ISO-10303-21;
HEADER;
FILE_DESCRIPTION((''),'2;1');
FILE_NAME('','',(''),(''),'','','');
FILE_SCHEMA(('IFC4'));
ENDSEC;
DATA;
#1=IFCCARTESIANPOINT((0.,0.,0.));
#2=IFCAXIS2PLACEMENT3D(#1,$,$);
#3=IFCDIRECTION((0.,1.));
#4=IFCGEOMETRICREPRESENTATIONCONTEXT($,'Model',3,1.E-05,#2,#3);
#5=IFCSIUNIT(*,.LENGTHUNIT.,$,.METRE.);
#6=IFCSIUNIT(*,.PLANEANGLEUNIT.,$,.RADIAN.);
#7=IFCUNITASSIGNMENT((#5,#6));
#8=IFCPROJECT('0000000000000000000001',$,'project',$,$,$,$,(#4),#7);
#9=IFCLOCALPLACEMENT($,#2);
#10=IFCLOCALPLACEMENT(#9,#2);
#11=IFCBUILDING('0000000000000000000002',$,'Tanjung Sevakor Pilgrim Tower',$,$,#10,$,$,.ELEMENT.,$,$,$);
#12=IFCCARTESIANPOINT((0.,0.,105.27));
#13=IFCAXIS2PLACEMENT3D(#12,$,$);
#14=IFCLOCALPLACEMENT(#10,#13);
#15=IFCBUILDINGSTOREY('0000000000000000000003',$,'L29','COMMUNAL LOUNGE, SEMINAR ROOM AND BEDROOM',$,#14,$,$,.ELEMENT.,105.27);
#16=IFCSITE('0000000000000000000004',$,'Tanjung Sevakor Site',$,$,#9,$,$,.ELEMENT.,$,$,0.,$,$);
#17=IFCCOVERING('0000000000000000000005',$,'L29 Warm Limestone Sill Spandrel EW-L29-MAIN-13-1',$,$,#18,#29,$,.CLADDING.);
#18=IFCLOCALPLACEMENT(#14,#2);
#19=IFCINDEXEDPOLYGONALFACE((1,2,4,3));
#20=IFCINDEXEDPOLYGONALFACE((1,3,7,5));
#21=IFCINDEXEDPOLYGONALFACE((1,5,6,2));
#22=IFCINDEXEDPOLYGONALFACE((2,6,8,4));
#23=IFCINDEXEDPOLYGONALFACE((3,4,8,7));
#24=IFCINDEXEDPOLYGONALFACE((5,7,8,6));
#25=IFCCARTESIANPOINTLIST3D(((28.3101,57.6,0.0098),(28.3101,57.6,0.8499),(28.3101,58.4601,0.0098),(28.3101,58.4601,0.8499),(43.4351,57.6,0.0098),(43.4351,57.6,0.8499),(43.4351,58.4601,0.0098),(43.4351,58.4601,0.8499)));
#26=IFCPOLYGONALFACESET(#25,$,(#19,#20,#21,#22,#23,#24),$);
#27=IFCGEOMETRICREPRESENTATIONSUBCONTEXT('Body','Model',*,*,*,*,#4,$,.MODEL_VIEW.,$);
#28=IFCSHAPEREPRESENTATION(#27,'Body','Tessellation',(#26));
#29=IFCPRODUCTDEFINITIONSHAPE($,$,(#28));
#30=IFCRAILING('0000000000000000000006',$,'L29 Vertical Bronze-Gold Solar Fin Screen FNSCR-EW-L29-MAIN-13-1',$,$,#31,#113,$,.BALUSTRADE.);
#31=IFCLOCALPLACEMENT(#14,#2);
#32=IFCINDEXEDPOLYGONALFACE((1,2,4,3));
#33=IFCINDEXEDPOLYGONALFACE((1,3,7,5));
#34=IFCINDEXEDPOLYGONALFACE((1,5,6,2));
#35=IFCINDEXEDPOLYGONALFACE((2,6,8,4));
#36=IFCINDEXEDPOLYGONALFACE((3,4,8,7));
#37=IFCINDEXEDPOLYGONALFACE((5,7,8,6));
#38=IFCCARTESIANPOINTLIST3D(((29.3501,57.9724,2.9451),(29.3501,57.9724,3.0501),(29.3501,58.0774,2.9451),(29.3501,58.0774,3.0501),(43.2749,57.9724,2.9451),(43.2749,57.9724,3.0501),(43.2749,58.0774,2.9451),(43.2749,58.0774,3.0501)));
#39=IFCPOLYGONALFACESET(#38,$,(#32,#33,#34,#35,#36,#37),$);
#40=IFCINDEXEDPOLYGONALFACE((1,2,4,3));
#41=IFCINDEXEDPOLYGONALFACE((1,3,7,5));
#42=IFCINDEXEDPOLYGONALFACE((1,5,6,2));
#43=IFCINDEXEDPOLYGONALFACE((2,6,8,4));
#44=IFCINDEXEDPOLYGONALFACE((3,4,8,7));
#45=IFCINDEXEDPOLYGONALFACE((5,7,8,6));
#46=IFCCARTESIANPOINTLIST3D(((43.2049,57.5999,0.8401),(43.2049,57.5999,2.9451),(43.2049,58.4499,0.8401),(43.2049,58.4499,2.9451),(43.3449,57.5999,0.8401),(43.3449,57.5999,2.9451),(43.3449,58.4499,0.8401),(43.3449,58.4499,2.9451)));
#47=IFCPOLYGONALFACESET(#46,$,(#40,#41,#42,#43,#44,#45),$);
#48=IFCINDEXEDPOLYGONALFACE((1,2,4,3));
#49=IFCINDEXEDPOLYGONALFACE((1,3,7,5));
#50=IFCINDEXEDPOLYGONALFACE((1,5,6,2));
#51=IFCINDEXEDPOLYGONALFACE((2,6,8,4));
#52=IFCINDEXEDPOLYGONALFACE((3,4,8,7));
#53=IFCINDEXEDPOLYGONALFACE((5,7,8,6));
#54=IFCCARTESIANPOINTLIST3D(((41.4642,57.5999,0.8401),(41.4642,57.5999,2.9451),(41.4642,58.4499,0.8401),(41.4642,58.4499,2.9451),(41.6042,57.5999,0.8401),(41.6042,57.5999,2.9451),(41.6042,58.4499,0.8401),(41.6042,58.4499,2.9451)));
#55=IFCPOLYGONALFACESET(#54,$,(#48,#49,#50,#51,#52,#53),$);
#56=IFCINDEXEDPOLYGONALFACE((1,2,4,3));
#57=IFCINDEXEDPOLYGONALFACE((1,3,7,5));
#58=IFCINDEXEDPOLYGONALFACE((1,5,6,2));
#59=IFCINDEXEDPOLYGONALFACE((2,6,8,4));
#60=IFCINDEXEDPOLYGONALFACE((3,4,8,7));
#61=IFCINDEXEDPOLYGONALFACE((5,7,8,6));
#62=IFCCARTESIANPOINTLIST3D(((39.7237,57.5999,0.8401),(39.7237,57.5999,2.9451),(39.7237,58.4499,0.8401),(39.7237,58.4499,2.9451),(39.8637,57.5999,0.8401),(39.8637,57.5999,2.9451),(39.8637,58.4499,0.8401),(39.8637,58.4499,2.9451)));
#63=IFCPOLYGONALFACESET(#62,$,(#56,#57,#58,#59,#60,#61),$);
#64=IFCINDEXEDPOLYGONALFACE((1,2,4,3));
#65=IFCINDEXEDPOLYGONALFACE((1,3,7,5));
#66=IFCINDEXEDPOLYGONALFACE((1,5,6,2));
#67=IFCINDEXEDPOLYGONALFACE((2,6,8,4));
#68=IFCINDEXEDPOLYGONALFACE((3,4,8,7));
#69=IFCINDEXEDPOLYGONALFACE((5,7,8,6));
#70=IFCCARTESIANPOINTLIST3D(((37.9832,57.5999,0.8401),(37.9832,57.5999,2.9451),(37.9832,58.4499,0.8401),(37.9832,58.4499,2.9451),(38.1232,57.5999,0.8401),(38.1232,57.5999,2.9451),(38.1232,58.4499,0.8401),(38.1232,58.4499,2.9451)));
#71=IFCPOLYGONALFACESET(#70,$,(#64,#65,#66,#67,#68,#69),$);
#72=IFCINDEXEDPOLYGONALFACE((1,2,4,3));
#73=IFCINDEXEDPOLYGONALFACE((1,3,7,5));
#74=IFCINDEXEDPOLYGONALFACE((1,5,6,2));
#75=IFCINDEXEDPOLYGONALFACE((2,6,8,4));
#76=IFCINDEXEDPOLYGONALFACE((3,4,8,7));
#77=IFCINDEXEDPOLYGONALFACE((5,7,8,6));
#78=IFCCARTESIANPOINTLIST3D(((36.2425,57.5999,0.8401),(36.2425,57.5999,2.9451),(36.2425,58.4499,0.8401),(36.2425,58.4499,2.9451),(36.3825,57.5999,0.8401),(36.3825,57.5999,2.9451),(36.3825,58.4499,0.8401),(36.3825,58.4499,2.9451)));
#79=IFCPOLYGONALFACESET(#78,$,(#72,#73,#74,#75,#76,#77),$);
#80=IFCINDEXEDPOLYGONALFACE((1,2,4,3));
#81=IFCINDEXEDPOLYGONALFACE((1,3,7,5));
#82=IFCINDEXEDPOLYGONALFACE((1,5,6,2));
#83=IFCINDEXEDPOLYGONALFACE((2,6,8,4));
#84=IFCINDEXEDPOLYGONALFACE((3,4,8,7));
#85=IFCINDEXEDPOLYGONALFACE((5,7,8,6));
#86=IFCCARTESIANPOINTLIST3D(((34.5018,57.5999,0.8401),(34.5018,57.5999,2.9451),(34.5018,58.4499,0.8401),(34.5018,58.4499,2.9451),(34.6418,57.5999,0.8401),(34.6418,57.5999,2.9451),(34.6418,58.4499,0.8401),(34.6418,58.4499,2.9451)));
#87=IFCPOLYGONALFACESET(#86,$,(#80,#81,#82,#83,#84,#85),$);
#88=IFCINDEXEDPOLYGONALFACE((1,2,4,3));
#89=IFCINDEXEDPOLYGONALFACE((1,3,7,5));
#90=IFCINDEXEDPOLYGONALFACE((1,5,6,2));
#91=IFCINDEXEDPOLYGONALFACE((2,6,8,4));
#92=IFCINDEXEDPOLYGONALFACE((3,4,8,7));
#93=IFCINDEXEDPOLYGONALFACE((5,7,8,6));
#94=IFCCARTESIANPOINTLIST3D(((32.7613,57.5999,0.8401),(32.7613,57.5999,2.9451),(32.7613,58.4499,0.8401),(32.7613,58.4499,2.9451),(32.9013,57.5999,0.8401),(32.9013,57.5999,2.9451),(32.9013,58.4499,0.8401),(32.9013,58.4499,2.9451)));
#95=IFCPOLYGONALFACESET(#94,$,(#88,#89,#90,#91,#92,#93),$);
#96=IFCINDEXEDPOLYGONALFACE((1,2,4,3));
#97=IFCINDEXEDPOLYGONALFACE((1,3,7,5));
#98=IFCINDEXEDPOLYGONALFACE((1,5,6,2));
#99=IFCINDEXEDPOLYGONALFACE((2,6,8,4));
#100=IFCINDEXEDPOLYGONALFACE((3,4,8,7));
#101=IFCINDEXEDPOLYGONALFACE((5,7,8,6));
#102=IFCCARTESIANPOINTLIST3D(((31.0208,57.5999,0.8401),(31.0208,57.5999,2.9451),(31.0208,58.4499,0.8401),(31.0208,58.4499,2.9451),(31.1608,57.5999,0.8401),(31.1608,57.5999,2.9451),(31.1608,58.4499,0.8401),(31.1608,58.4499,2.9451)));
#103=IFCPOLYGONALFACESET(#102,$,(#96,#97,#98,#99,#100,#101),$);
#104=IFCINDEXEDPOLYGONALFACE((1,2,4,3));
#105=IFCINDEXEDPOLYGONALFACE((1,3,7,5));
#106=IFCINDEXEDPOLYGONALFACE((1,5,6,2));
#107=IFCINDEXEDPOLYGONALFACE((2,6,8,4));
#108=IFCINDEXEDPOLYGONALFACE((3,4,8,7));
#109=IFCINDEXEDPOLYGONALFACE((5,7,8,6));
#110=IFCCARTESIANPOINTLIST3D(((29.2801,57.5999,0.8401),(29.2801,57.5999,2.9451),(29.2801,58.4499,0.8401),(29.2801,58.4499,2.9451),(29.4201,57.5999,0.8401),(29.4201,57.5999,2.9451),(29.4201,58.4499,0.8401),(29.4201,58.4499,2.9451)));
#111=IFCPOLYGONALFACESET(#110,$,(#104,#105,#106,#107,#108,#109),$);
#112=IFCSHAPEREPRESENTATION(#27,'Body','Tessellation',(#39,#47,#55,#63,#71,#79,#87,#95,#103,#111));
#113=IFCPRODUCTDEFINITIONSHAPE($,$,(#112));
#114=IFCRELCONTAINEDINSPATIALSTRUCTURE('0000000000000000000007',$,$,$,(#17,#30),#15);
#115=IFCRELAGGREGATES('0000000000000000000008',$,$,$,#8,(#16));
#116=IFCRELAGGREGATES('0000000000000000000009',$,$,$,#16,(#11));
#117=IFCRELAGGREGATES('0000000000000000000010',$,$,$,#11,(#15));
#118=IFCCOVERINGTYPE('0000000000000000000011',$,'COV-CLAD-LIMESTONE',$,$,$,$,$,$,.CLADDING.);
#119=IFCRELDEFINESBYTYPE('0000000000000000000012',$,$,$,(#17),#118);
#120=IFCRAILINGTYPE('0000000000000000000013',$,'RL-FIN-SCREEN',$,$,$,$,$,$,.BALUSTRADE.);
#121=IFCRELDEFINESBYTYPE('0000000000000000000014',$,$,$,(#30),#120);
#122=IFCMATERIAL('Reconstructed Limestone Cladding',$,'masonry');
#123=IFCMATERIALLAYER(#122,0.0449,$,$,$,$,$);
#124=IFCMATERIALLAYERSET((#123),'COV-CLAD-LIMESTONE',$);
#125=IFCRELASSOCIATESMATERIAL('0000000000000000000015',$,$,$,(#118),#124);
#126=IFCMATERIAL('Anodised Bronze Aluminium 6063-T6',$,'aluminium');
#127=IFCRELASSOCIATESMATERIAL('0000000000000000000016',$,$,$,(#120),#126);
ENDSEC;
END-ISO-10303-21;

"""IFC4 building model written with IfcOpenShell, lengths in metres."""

from ifc_helpers import new_model, si_unit, direction, frame, origin, origin_2d, place, context, subcontext, project, spatial, rectangle, extrude, material, layer, layer_set, type_object, element, save


model = new_model("IFC4")

# Units and contexts
model_context = context("Model", 3, precision=1e-05, world=origin(), true_north=direction((0.0, 1.0)))
body_context = subcontext(model_context, "Body", "Model", "MODEL_VIEW")
ifc_project = project(units=[si_unit("LENGTHUNIT", "METRE"), si_unit("PLANEANGLEUNIT", "RADIAN")], contexts=[model_context])

# Site, building, storey
site_placement = place(None, origin())
site = spatial("IfcSite", under=ifc_project, at=site_placement, Name="Tanjung Sevakor Site", CompositionType="ELEMENT", RefElevation=0.0)
building_placement = place(site_placement, origin())
building = spatial("IfcBuilding", under=site, at=building_placement, Name="Tanjung Sevakor Pilgrim Tower", CompositionType="ELEMENT")
storey_placement = place(building_placement, frame((0.0, 0.0, 105.27)))
storey = spatial("IfcBuildingStorey", under=building, at=storey_placement, Name="L29", Description="COMMUNAL LOUNGE, SEMINAR ROOM AND BEDROOM", CompositionType="ELEMENT", Elevation=105.27)

# Covering
ifc_material_1 = material(Name="Reconstructed Limestone Cladding", Category="masonry")
ifc_layer_1 = layer(ifc_material_1, 0.0449)
ifc_layer_set_1 = layer_set([ifc_layer_1], Name="COV-CLAD-LIMESTONE")
covering_type = type_object("IfcCoveringType", Name="COV-CLAD-LIMESTONE", PredefinedType="CLADDING", material=ifc_layer_set_1)
covering_placement = place(storey_placement, frame((35.8726, 58.03, 0.0098), z_axis=(0.0, 0.0, 1.0), x_axis=(-1.0, 0.0, 0.0)))
element("IfcCovering", 1, at=covering_placement, inside=storey, type_object=covering_type, Name="L29 Warm Limestone Sill Spandrel EW-L29-MAIN-13-1", PredefinedType="CLADDING", context=body_context, shape_type="SweptSolid", body=[
    extrude(rectangle(XDim=15.125, YDim=0.8601, at=origin_2d()), origin(), (0.0, 0.0, 1.0), 0.8401),
])

# Railing
ifc_material_2 = material(Name="Anodised Bronze Aluminium 6063-T6", Category="aluminium")
railing_type = type_object("IfcRailingType", Name="RL-FIN-SCREEN", PredefinedType="BALUSTRADE", material=ifc_material_2)
railing_placement = place(storey_placement, frame((43.2749, 58.0249, 0.8401)))
element("IfcRailing", 2, at=railing_placement, inside=storey, type_object=railing_type, Name="L29 Vertical Bronze-Gold Solar Fin Screen FNSCR-EW-L29-MAIN-13-1", PredefinedType="BALUSTRADE", context=body_context, shape_type="SweptSolid", body=[
    extrude(rectangle(XDim=0.105, YDim=0.105), frame((0.0, 0.0, 2.1575), z_axis=(-1.0, 0.0, 0.0), x_axis=(0.0, -1.0, 0.0)), (0.0, 0.0, 1.0), 13.9248),
    extrude(rectangle(XDim=0.14, YDim=0.85), origin(), (0.0, 0.0, 1.0), 2.105),
    extrude(rectangle(XDim=0.14, YDim=0.85), frame((-1.7407, 0.0, 0.0)), (0.0, 0.0, 1.0), 2.105),
    extrude(rectangle(XDim=0.14, YDim=0.85), frame((-3.4812, 0.0, 0.0)), (0.0, 0.0, 1.0), 2.105),
    extrude(rectangle(XDim=0.14, YDim=0.85), frame((-5.2217, 0.0, 0.0)), (0.0, 0.0, 1.0), 2.105),
    extrude(rectangle(XDim=0.14, YDim=0.85), frame((-6.9624, 0.0, 0.0)), (0.0, 0.0, 1.0), 2.105),
    extrude(rectangle(XDim=0.14, YDim=0.85), frame((-8.7031, 0.0, 0.0)), (0.0, 0.0, 1.0), 2.105),
    extrude(rectangle(XDim=0.14, YDim=0.85), frame((-10.4436, 0.0, 0.0)), (0.0, 0.0, 1.0), 2.105),
    extrude(rectangle(XDim=0.14, YDim=0.85), frame((-12.1841, 0.0, 0.0)), (0.0, 0.0, 1.0), 2.105),
    extrude(rectangle(XDim=0.14, YDim=0.85), frame((-13.9248, 0.0, 0.0)), (0.0, 0.0, 1.0), 2.105),
])

save(model, "model.ifc")
